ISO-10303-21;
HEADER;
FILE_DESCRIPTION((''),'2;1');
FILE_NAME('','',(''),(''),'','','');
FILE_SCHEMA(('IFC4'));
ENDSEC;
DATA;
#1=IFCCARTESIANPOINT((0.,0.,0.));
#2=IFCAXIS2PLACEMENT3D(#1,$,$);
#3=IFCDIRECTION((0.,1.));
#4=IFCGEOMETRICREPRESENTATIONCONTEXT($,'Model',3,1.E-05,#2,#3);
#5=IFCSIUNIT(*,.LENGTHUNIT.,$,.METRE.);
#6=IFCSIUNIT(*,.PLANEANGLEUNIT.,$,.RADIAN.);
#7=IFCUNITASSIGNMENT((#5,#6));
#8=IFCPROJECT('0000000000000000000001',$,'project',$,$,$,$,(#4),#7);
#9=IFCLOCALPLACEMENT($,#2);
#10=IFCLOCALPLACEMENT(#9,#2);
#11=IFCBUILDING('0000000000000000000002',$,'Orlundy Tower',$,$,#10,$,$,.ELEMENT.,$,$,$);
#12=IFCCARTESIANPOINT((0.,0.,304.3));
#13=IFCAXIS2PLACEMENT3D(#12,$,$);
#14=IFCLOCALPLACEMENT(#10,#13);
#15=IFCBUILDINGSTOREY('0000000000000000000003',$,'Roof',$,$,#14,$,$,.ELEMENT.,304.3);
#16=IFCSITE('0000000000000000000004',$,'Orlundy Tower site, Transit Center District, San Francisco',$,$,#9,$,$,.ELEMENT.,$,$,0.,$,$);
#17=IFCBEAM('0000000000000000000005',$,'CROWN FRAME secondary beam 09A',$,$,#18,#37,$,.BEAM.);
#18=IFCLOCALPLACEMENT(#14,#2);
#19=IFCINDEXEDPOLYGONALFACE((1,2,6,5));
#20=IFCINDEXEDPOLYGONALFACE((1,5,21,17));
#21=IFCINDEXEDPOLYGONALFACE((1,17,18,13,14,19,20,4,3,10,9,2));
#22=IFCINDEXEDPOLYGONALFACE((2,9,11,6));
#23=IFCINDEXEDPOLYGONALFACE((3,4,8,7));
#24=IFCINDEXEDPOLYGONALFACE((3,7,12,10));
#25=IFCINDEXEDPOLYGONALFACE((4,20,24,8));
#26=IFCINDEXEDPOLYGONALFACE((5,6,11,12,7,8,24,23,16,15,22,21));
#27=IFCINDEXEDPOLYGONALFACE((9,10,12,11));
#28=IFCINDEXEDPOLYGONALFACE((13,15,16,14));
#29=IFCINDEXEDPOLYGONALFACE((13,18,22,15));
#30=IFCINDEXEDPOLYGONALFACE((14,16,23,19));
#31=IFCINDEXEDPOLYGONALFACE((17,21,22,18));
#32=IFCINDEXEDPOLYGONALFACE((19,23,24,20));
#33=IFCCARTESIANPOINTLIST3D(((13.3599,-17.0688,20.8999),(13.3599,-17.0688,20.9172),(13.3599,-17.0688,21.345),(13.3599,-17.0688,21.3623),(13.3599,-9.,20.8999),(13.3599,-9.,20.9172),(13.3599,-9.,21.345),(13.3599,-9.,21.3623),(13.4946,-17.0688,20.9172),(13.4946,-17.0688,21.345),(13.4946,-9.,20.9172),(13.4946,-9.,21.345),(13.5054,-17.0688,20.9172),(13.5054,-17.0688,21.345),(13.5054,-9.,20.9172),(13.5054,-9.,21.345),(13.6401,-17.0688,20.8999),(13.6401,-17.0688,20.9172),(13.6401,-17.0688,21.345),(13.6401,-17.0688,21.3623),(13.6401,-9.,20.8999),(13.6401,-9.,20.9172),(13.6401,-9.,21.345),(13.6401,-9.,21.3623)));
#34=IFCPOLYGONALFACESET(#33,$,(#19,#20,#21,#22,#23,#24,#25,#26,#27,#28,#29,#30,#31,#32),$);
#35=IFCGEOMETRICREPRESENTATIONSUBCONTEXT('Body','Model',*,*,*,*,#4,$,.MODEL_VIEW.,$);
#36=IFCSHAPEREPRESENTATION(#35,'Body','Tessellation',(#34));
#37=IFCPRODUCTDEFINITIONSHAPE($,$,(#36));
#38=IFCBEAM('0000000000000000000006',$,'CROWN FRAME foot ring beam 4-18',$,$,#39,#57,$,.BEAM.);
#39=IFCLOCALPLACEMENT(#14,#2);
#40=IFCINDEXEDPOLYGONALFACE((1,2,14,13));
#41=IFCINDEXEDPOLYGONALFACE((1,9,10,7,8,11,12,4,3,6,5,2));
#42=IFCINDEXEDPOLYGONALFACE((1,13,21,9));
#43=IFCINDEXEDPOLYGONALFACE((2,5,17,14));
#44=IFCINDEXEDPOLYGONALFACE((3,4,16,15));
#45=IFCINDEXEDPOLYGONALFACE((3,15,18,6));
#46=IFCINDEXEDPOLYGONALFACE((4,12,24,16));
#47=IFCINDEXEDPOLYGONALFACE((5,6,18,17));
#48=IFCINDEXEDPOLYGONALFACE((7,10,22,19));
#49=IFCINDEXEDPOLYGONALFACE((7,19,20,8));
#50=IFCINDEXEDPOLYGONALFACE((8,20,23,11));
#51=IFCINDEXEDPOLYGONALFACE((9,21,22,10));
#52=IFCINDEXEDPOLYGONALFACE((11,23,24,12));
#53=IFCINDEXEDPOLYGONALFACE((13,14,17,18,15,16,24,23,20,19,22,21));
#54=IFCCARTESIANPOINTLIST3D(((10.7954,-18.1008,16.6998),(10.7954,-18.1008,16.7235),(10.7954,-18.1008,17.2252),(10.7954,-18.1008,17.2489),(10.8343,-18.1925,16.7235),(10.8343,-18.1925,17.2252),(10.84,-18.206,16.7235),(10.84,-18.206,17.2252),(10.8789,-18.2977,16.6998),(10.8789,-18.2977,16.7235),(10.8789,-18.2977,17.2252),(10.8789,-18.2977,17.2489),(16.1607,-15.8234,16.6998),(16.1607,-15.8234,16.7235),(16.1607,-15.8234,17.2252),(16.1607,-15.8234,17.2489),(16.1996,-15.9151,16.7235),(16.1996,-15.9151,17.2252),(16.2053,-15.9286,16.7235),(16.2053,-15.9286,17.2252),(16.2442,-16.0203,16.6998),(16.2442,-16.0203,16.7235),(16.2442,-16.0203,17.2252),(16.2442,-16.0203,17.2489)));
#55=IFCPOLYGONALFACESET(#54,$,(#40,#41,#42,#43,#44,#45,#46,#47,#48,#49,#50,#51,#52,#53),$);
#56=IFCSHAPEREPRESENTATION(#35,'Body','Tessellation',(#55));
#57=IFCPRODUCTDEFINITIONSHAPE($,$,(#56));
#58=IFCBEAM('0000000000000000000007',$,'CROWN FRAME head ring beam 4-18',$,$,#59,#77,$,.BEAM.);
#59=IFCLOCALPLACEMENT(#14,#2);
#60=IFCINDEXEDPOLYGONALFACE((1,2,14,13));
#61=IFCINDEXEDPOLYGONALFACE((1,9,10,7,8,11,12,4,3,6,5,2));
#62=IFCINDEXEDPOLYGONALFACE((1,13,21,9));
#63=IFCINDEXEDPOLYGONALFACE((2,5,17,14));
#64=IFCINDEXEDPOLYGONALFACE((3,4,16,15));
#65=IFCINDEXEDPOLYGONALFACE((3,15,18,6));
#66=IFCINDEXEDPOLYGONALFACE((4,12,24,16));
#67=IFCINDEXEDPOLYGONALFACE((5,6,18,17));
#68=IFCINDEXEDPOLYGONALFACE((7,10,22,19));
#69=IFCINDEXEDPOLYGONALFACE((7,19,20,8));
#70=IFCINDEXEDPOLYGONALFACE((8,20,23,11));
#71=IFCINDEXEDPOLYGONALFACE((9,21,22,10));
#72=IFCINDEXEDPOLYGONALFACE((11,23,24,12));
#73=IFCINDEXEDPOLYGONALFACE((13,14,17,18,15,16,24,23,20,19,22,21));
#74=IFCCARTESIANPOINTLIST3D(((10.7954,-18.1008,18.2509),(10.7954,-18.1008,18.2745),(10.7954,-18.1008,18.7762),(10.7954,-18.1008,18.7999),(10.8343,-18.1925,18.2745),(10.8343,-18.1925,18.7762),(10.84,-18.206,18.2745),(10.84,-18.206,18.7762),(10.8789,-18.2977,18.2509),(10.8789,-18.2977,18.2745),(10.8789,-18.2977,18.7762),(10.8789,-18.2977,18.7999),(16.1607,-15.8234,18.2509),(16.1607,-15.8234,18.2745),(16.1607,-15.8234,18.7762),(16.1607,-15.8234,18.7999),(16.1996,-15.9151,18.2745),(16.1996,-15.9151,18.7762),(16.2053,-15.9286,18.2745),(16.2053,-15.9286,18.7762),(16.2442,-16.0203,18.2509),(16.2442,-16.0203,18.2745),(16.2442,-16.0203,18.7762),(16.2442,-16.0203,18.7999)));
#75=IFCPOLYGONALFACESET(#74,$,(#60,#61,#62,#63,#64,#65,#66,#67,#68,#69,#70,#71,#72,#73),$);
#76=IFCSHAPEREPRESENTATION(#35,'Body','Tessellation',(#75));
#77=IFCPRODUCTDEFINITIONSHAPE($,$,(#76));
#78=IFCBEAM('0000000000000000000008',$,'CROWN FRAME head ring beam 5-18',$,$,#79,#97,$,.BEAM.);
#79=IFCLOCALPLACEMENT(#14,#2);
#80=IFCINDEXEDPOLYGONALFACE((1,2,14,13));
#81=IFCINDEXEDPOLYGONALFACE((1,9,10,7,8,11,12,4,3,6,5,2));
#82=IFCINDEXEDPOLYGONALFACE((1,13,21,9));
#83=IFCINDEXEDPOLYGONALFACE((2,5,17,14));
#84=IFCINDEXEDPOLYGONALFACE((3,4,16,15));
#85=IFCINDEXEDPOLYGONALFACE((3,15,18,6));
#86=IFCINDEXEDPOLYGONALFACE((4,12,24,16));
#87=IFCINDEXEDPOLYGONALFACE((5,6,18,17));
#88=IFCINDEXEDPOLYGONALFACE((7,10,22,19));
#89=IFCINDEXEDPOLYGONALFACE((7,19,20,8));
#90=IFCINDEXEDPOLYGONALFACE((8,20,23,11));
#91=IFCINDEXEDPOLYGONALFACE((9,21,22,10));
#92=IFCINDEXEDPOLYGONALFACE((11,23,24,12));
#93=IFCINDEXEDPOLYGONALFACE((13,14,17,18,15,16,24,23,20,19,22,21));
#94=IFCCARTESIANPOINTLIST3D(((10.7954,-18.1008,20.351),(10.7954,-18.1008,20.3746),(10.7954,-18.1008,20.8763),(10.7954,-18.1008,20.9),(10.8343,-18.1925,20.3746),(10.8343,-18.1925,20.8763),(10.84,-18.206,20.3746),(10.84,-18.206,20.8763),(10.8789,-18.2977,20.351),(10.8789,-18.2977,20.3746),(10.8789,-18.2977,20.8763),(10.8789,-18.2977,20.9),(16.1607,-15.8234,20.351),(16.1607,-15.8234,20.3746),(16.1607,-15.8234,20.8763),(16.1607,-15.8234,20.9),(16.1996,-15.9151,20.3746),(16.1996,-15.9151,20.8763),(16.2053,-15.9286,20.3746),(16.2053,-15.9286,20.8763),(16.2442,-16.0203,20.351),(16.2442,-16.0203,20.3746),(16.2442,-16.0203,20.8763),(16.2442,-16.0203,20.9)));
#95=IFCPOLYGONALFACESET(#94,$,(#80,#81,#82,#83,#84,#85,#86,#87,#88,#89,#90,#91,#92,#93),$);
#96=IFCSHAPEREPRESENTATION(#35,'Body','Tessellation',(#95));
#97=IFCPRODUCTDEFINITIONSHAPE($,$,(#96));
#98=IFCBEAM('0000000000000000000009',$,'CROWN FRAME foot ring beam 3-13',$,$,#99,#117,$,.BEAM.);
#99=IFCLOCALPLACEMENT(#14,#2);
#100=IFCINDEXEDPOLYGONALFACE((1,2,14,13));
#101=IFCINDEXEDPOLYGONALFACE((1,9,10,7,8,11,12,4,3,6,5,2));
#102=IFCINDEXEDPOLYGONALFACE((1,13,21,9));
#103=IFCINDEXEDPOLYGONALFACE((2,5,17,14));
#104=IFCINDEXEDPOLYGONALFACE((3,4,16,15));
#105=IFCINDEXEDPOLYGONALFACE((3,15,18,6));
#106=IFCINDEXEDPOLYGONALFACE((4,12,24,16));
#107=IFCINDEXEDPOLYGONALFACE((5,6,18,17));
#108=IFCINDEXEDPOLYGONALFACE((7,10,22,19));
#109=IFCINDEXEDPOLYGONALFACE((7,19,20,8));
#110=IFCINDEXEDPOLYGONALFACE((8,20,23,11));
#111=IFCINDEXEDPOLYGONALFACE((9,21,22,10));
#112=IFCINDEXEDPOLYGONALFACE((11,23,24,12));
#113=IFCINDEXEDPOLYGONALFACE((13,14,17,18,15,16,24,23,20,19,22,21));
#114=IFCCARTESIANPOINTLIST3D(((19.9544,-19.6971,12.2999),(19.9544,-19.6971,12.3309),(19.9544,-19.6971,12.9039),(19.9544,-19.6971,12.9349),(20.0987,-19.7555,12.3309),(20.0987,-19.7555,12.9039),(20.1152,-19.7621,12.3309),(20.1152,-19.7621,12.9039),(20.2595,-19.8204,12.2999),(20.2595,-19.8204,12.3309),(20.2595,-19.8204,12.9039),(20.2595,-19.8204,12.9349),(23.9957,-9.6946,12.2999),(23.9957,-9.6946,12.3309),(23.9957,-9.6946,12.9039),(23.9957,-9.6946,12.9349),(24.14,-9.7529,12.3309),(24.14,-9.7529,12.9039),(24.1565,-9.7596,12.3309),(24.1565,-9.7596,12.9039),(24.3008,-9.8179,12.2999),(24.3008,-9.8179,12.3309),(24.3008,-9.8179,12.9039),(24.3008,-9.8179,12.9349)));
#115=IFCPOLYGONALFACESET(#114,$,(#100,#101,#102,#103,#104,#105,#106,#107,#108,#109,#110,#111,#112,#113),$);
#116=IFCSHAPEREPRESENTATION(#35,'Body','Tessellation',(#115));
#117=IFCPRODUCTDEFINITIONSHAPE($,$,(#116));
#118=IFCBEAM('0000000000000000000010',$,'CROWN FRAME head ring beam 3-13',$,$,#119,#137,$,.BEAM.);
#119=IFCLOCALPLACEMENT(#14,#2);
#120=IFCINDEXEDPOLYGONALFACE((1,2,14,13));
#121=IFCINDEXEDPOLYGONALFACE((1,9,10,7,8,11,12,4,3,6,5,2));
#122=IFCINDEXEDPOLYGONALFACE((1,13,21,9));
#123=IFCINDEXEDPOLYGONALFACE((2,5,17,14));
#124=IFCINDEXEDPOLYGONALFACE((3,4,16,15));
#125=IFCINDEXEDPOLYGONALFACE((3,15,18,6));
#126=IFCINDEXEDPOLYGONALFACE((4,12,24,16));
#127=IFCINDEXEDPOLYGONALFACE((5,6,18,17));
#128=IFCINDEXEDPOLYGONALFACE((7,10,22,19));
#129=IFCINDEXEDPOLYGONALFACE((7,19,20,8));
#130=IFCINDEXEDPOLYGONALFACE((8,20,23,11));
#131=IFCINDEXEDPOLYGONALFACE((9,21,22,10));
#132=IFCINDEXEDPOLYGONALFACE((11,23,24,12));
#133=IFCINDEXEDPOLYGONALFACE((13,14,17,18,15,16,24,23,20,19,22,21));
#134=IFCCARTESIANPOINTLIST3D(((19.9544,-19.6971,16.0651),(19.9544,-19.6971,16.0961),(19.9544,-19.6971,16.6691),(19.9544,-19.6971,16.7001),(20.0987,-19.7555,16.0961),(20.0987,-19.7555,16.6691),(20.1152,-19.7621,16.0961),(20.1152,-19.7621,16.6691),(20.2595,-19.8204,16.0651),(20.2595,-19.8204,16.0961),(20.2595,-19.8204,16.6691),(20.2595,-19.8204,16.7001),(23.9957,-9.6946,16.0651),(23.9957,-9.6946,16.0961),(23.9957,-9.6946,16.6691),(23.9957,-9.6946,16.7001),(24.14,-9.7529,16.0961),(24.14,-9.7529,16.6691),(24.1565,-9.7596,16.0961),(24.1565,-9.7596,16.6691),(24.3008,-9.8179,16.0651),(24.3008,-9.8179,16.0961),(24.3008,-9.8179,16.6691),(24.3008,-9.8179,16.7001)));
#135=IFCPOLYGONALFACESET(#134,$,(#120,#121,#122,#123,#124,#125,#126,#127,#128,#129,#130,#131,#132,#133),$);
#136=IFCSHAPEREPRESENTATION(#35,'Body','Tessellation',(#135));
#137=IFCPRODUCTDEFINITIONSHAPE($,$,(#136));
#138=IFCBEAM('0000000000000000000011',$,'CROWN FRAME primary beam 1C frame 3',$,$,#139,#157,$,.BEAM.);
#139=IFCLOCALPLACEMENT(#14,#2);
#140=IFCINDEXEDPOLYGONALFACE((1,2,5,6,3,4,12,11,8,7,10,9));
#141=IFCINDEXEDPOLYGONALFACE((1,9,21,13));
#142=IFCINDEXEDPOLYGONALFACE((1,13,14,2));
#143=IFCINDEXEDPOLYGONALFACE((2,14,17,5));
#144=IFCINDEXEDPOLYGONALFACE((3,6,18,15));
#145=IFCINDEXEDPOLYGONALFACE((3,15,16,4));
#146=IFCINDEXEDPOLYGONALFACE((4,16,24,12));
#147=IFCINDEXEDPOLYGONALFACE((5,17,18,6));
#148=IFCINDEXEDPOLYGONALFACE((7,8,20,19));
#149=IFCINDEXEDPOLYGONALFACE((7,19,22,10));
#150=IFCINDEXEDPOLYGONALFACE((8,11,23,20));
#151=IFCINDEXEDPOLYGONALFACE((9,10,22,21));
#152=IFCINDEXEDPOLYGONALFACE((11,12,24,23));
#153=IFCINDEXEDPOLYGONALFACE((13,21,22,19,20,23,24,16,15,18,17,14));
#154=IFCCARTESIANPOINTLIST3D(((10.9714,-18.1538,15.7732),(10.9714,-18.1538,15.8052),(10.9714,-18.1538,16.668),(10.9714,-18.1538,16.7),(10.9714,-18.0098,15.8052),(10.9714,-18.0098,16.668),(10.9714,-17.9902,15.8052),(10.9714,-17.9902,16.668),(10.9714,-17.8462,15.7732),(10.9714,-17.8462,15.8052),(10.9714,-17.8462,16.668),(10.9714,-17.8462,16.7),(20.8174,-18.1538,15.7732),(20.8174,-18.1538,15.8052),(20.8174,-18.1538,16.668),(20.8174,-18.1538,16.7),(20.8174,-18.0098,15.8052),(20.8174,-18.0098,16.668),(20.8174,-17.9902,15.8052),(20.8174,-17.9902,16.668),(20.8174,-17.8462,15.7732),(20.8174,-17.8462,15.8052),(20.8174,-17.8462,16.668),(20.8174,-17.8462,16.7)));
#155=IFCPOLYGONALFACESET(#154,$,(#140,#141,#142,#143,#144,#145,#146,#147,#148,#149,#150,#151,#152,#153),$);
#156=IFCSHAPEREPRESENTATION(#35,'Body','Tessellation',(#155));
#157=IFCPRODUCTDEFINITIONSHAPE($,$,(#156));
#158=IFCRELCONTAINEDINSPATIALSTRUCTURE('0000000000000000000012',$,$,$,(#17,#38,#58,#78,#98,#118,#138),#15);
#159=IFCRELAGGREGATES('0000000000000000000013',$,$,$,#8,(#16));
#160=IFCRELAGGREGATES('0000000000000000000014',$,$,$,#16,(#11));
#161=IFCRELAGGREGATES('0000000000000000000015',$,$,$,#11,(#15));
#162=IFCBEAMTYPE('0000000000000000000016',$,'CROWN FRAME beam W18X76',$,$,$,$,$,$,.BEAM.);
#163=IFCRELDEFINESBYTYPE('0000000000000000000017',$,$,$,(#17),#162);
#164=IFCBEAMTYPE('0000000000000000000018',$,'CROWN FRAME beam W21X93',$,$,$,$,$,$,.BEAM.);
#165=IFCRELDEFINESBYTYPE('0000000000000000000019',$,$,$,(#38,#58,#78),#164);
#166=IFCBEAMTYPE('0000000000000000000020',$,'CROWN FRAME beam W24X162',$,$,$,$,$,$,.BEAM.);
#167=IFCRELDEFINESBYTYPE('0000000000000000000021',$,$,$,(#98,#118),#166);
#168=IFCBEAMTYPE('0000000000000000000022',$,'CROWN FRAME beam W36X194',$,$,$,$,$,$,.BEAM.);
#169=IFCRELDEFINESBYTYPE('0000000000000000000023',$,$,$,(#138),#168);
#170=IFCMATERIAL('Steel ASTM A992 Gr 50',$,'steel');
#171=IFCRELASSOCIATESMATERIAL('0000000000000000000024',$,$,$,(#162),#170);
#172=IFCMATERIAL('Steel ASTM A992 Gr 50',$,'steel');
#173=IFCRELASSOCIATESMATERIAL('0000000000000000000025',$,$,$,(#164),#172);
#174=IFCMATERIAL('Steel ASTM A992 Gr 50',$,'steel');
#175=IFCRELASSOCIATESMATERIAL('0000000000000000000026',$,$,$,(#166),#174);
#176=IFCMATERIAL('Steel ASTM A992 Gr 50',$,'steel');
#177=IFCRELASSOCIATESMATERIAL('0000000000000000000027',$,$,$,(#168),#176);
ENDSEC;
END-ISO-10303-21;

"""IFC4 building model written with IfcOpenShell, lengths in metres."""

from ifc_helpers import new_model, si_unit, direction, frame, origin, origin_2d, place, context, subcontext, project, spatial, i_section, extrude, material, material_profile, profile_set, type_object, element, save


model = new_model("IFC4")

# Units and contexts
model_context = context("Model", 3, precision=1e-05, world=origin(), true_north=direction((0.0, 1.0)))
body_context = subcontext(model_context, "Body", "Model", "MODEL_VIEW")
ifc_project = project(units=[si_unit("LENGTHUNIT", "METRE"), si_unit("PLANEANGLEUNIT", "RADIAN")], contexts=[model_context])

# Site, building, storey
site_placement = place(None, origin())
site = spatial("IfcSite", under=ifc_project, at=site_placement, Name="Orlundy Tower site, Transit Center District, San Francisco", CompositionType="ELEMENT", RefElevation=0.0)
building_placement = place(site_placement, origin())
building = spatial("IfcBuilding", under=site, at=building_placement, Name="Orlundy Tower", CompositionType="ELEMENT")
storey_placement = place(building_placement, frame((0.0, 0.0, 304.3)))
storey = spatial("IfcBuildingStorey", under=building, at=storey_placement, Name="Roof", CompositionType="ELEMENT", Elevation=304.3)

# Beams
ifc_material_1 = material(Name="Steel ASTM A992 Gr 50", Category="steel")
ifc_material_profile_1 = material_profile(ifc_material_1, i_section(OverallWidth=0.2803, OverallDepth=0.4624, WebThickness=0.0107, FlangeThickness=0.0173, at=origin_2d()), Name="W18X76")
ifc_profile_set_1 = profile_set([ifc_material_profile_1], Name="Steel ASTM A992 Gr 50")
beam_type_1 = type_object("IfcBeamType", Name="CROWN FRAME beam W18X76", PredefinedType="BEAM", material=ifc_profile_set_1)
beam_1_placement = place(storey_placement, frame((13.5, -17.0688, 21.1311), z_axis=(0.0, 1.0, 0.0), x_axis=(-1.0, 0.0, 0.0)))
element("IfcBeam", 1, at=beam_1_placement, inside=storey, type_object=beam_type_1, Name="CROWN FRAME secondary beam 09A", PredefinedType="BEAM", context=body_context, shape_type="SweptSolid", body=[
    extrude(i_section(OverallWidth=0.2803, OverallDepth=0.4624, WebThickness=0.0107, FlangeThickness=0.0173, at=origin_2d()), origin(), (0.0, 0.0, 1.0), 8.0688),
])
ifc_material_2 = material(Name="Steel ASTM A992 Gr 50", Category="steel")
ifc_material_profile_2 = material_profile(ifc_material_2, i_section(OverallWidth=0.2139, OverallDepth=0.5491, WebThickness=0.0146, FlangeThickness=0.0237, at=origin_2d()), Name="W21X93")
ifc_profile_set_2 = profile_set([ifc_material_profile_2], Name="Steel ASTM A992 Gr 50")
beam_type_2 = type_object("IfcBeamType", Name="CROWN FRAME beam W21X93", PredefinedType="BEAM", material=ifc_profile_set_2)
for number, where, z_axis, x_axis, name in (
    (2, (10.8372, -18.1992, 16.9744), (0.920509, 0.390722, 0.0), (-0.390722, 0.920509, 0.0), "CROWN FRAME foot ring beam 4-18"),
    (3, (10.8372, -18.1992, 18.5254), (0.920509, 0.390722, 0.0), (-0.390722, 0.920509, 0.0), "CROWN FRAME head ring beam 4-18"),
    (4, (10.8372, -18.1992, 20.6255), (0.920509, 0.390722, 0.0), (-0.390722, 0.920509, 0.0), "CROWN FRAME head ring beam 5-18"),
):
    element("IfcBeam", number, at=place(storey_placement, frame(where, z_axis=z_axis, x_axis=x_axis)), inside=storey, type_object=beam_type_2, Name=name, PredefinedType="BEAM", context=body_context, shape_type="SweptSolid", body=[
        extrude(i_section(OverallWidth=0.2139, OverallDepth=0.5491, WebThickness=0.0146, FlangeThickness=0.0237, at=origin_2d()), origin(), (0.0, 0.0, 1.0), 5.8286),
    ])
ifc_material_3 = material(Name="Steel ASTM A992 Gr 50", Category="steel")
ifc_material_profile_3 = material_profile(ifc_material_3, i_section(OverallWidth=0.3291, OverallDepth=0.635, WebThickness=0.0178, FlangeThickness=0.031, at=origin_2d()), Name="W24X162")
ifc_profile_set_3 = profile_set([ifc_material_profile_3], Name="Steel ASTM A992 Gr 50")
beam_type_3 = type_object("IfcBeamType", Name="CROWN FRAME beam W24X162", PredefinedType="BEAM", material=ifc_profile_set_3)
for number, where, z_axis, x_axis, name in (
    (5, (20.1069, -19.7588, 12.6174), (0.374607, 0.927183, 0.0), (-0.927183, 0.374607, 0.0), "CROWN FRAME foot ring beam 3-13"),
    (6, (20.1069, -19.7588, 16.3826), (0.374607, 0.927183, 0.0), (-0.927183, 0.374607, 0.0), "CROWN FRAME head ring beam 3-13"),
):
    element("IfcBeam", number, at=place(storey_placement, frame(where, z_axis=z_axis, x_axis=x_axis)), inside=storey, type_object=beam_type_3, Name=name, PredefinedType="BEAM", context=body_context, shape_type="SweptSolid", body=[
        extrude(i_section(OverallWidth=0.3291, OverallDepth=0.635, WebThickness=0.0178, FlangeThickness=0.031, at=origin_2d()), origin(), (0.0, 0.0, 1.0), 10.7881),
    ])
ifc_material_4 = material(Name="Steel ASTM A992 Gr 50", Category="steel")
ifc_material_profile_4 = material_profile(ifc_material_4, i_section(OverallWidth=0.3076, OverallDepth=0.9268, WebThickness=0.0195, FlangeThickness=0.032, at=origin_2d()), Name="W36X194")
ifc_profile_set_4 = profile_set([ifc_material_profile_4], Name="Steel ASTM A992 Gr 50")
beam_type_4 = type_object("IfcBeamType", Name="CROWN FRAME beam W36X194", PredefinedType="BEAM", material=ifc_profile_set_4)
beam_2_placement = place(storey_placement, frame((10.9714, -18.0, 16.2366), z_axis=(1.0, 0.0, 0.0), x_axis=(0.0, 1.0, 0.0)))
element("IfcBeam", 7, at=beam_2_placement, inside=storey, type_object=beam_type_4, Name="CROWN FRAME primary beam 1C frame 3", PredefinedType="BEAM", context=body_context, shape_type="SweptSolid", body=[
    extrude(i_section(OverallWidth=0.3076, OverallDepth=0.9268, WebThickness=0.0195, FlangeThickness=0.032, at=origin_2d()), origin(), (0.0, 0.0, 1.0), 9.8459),
])

save(model, "model.ifc")
